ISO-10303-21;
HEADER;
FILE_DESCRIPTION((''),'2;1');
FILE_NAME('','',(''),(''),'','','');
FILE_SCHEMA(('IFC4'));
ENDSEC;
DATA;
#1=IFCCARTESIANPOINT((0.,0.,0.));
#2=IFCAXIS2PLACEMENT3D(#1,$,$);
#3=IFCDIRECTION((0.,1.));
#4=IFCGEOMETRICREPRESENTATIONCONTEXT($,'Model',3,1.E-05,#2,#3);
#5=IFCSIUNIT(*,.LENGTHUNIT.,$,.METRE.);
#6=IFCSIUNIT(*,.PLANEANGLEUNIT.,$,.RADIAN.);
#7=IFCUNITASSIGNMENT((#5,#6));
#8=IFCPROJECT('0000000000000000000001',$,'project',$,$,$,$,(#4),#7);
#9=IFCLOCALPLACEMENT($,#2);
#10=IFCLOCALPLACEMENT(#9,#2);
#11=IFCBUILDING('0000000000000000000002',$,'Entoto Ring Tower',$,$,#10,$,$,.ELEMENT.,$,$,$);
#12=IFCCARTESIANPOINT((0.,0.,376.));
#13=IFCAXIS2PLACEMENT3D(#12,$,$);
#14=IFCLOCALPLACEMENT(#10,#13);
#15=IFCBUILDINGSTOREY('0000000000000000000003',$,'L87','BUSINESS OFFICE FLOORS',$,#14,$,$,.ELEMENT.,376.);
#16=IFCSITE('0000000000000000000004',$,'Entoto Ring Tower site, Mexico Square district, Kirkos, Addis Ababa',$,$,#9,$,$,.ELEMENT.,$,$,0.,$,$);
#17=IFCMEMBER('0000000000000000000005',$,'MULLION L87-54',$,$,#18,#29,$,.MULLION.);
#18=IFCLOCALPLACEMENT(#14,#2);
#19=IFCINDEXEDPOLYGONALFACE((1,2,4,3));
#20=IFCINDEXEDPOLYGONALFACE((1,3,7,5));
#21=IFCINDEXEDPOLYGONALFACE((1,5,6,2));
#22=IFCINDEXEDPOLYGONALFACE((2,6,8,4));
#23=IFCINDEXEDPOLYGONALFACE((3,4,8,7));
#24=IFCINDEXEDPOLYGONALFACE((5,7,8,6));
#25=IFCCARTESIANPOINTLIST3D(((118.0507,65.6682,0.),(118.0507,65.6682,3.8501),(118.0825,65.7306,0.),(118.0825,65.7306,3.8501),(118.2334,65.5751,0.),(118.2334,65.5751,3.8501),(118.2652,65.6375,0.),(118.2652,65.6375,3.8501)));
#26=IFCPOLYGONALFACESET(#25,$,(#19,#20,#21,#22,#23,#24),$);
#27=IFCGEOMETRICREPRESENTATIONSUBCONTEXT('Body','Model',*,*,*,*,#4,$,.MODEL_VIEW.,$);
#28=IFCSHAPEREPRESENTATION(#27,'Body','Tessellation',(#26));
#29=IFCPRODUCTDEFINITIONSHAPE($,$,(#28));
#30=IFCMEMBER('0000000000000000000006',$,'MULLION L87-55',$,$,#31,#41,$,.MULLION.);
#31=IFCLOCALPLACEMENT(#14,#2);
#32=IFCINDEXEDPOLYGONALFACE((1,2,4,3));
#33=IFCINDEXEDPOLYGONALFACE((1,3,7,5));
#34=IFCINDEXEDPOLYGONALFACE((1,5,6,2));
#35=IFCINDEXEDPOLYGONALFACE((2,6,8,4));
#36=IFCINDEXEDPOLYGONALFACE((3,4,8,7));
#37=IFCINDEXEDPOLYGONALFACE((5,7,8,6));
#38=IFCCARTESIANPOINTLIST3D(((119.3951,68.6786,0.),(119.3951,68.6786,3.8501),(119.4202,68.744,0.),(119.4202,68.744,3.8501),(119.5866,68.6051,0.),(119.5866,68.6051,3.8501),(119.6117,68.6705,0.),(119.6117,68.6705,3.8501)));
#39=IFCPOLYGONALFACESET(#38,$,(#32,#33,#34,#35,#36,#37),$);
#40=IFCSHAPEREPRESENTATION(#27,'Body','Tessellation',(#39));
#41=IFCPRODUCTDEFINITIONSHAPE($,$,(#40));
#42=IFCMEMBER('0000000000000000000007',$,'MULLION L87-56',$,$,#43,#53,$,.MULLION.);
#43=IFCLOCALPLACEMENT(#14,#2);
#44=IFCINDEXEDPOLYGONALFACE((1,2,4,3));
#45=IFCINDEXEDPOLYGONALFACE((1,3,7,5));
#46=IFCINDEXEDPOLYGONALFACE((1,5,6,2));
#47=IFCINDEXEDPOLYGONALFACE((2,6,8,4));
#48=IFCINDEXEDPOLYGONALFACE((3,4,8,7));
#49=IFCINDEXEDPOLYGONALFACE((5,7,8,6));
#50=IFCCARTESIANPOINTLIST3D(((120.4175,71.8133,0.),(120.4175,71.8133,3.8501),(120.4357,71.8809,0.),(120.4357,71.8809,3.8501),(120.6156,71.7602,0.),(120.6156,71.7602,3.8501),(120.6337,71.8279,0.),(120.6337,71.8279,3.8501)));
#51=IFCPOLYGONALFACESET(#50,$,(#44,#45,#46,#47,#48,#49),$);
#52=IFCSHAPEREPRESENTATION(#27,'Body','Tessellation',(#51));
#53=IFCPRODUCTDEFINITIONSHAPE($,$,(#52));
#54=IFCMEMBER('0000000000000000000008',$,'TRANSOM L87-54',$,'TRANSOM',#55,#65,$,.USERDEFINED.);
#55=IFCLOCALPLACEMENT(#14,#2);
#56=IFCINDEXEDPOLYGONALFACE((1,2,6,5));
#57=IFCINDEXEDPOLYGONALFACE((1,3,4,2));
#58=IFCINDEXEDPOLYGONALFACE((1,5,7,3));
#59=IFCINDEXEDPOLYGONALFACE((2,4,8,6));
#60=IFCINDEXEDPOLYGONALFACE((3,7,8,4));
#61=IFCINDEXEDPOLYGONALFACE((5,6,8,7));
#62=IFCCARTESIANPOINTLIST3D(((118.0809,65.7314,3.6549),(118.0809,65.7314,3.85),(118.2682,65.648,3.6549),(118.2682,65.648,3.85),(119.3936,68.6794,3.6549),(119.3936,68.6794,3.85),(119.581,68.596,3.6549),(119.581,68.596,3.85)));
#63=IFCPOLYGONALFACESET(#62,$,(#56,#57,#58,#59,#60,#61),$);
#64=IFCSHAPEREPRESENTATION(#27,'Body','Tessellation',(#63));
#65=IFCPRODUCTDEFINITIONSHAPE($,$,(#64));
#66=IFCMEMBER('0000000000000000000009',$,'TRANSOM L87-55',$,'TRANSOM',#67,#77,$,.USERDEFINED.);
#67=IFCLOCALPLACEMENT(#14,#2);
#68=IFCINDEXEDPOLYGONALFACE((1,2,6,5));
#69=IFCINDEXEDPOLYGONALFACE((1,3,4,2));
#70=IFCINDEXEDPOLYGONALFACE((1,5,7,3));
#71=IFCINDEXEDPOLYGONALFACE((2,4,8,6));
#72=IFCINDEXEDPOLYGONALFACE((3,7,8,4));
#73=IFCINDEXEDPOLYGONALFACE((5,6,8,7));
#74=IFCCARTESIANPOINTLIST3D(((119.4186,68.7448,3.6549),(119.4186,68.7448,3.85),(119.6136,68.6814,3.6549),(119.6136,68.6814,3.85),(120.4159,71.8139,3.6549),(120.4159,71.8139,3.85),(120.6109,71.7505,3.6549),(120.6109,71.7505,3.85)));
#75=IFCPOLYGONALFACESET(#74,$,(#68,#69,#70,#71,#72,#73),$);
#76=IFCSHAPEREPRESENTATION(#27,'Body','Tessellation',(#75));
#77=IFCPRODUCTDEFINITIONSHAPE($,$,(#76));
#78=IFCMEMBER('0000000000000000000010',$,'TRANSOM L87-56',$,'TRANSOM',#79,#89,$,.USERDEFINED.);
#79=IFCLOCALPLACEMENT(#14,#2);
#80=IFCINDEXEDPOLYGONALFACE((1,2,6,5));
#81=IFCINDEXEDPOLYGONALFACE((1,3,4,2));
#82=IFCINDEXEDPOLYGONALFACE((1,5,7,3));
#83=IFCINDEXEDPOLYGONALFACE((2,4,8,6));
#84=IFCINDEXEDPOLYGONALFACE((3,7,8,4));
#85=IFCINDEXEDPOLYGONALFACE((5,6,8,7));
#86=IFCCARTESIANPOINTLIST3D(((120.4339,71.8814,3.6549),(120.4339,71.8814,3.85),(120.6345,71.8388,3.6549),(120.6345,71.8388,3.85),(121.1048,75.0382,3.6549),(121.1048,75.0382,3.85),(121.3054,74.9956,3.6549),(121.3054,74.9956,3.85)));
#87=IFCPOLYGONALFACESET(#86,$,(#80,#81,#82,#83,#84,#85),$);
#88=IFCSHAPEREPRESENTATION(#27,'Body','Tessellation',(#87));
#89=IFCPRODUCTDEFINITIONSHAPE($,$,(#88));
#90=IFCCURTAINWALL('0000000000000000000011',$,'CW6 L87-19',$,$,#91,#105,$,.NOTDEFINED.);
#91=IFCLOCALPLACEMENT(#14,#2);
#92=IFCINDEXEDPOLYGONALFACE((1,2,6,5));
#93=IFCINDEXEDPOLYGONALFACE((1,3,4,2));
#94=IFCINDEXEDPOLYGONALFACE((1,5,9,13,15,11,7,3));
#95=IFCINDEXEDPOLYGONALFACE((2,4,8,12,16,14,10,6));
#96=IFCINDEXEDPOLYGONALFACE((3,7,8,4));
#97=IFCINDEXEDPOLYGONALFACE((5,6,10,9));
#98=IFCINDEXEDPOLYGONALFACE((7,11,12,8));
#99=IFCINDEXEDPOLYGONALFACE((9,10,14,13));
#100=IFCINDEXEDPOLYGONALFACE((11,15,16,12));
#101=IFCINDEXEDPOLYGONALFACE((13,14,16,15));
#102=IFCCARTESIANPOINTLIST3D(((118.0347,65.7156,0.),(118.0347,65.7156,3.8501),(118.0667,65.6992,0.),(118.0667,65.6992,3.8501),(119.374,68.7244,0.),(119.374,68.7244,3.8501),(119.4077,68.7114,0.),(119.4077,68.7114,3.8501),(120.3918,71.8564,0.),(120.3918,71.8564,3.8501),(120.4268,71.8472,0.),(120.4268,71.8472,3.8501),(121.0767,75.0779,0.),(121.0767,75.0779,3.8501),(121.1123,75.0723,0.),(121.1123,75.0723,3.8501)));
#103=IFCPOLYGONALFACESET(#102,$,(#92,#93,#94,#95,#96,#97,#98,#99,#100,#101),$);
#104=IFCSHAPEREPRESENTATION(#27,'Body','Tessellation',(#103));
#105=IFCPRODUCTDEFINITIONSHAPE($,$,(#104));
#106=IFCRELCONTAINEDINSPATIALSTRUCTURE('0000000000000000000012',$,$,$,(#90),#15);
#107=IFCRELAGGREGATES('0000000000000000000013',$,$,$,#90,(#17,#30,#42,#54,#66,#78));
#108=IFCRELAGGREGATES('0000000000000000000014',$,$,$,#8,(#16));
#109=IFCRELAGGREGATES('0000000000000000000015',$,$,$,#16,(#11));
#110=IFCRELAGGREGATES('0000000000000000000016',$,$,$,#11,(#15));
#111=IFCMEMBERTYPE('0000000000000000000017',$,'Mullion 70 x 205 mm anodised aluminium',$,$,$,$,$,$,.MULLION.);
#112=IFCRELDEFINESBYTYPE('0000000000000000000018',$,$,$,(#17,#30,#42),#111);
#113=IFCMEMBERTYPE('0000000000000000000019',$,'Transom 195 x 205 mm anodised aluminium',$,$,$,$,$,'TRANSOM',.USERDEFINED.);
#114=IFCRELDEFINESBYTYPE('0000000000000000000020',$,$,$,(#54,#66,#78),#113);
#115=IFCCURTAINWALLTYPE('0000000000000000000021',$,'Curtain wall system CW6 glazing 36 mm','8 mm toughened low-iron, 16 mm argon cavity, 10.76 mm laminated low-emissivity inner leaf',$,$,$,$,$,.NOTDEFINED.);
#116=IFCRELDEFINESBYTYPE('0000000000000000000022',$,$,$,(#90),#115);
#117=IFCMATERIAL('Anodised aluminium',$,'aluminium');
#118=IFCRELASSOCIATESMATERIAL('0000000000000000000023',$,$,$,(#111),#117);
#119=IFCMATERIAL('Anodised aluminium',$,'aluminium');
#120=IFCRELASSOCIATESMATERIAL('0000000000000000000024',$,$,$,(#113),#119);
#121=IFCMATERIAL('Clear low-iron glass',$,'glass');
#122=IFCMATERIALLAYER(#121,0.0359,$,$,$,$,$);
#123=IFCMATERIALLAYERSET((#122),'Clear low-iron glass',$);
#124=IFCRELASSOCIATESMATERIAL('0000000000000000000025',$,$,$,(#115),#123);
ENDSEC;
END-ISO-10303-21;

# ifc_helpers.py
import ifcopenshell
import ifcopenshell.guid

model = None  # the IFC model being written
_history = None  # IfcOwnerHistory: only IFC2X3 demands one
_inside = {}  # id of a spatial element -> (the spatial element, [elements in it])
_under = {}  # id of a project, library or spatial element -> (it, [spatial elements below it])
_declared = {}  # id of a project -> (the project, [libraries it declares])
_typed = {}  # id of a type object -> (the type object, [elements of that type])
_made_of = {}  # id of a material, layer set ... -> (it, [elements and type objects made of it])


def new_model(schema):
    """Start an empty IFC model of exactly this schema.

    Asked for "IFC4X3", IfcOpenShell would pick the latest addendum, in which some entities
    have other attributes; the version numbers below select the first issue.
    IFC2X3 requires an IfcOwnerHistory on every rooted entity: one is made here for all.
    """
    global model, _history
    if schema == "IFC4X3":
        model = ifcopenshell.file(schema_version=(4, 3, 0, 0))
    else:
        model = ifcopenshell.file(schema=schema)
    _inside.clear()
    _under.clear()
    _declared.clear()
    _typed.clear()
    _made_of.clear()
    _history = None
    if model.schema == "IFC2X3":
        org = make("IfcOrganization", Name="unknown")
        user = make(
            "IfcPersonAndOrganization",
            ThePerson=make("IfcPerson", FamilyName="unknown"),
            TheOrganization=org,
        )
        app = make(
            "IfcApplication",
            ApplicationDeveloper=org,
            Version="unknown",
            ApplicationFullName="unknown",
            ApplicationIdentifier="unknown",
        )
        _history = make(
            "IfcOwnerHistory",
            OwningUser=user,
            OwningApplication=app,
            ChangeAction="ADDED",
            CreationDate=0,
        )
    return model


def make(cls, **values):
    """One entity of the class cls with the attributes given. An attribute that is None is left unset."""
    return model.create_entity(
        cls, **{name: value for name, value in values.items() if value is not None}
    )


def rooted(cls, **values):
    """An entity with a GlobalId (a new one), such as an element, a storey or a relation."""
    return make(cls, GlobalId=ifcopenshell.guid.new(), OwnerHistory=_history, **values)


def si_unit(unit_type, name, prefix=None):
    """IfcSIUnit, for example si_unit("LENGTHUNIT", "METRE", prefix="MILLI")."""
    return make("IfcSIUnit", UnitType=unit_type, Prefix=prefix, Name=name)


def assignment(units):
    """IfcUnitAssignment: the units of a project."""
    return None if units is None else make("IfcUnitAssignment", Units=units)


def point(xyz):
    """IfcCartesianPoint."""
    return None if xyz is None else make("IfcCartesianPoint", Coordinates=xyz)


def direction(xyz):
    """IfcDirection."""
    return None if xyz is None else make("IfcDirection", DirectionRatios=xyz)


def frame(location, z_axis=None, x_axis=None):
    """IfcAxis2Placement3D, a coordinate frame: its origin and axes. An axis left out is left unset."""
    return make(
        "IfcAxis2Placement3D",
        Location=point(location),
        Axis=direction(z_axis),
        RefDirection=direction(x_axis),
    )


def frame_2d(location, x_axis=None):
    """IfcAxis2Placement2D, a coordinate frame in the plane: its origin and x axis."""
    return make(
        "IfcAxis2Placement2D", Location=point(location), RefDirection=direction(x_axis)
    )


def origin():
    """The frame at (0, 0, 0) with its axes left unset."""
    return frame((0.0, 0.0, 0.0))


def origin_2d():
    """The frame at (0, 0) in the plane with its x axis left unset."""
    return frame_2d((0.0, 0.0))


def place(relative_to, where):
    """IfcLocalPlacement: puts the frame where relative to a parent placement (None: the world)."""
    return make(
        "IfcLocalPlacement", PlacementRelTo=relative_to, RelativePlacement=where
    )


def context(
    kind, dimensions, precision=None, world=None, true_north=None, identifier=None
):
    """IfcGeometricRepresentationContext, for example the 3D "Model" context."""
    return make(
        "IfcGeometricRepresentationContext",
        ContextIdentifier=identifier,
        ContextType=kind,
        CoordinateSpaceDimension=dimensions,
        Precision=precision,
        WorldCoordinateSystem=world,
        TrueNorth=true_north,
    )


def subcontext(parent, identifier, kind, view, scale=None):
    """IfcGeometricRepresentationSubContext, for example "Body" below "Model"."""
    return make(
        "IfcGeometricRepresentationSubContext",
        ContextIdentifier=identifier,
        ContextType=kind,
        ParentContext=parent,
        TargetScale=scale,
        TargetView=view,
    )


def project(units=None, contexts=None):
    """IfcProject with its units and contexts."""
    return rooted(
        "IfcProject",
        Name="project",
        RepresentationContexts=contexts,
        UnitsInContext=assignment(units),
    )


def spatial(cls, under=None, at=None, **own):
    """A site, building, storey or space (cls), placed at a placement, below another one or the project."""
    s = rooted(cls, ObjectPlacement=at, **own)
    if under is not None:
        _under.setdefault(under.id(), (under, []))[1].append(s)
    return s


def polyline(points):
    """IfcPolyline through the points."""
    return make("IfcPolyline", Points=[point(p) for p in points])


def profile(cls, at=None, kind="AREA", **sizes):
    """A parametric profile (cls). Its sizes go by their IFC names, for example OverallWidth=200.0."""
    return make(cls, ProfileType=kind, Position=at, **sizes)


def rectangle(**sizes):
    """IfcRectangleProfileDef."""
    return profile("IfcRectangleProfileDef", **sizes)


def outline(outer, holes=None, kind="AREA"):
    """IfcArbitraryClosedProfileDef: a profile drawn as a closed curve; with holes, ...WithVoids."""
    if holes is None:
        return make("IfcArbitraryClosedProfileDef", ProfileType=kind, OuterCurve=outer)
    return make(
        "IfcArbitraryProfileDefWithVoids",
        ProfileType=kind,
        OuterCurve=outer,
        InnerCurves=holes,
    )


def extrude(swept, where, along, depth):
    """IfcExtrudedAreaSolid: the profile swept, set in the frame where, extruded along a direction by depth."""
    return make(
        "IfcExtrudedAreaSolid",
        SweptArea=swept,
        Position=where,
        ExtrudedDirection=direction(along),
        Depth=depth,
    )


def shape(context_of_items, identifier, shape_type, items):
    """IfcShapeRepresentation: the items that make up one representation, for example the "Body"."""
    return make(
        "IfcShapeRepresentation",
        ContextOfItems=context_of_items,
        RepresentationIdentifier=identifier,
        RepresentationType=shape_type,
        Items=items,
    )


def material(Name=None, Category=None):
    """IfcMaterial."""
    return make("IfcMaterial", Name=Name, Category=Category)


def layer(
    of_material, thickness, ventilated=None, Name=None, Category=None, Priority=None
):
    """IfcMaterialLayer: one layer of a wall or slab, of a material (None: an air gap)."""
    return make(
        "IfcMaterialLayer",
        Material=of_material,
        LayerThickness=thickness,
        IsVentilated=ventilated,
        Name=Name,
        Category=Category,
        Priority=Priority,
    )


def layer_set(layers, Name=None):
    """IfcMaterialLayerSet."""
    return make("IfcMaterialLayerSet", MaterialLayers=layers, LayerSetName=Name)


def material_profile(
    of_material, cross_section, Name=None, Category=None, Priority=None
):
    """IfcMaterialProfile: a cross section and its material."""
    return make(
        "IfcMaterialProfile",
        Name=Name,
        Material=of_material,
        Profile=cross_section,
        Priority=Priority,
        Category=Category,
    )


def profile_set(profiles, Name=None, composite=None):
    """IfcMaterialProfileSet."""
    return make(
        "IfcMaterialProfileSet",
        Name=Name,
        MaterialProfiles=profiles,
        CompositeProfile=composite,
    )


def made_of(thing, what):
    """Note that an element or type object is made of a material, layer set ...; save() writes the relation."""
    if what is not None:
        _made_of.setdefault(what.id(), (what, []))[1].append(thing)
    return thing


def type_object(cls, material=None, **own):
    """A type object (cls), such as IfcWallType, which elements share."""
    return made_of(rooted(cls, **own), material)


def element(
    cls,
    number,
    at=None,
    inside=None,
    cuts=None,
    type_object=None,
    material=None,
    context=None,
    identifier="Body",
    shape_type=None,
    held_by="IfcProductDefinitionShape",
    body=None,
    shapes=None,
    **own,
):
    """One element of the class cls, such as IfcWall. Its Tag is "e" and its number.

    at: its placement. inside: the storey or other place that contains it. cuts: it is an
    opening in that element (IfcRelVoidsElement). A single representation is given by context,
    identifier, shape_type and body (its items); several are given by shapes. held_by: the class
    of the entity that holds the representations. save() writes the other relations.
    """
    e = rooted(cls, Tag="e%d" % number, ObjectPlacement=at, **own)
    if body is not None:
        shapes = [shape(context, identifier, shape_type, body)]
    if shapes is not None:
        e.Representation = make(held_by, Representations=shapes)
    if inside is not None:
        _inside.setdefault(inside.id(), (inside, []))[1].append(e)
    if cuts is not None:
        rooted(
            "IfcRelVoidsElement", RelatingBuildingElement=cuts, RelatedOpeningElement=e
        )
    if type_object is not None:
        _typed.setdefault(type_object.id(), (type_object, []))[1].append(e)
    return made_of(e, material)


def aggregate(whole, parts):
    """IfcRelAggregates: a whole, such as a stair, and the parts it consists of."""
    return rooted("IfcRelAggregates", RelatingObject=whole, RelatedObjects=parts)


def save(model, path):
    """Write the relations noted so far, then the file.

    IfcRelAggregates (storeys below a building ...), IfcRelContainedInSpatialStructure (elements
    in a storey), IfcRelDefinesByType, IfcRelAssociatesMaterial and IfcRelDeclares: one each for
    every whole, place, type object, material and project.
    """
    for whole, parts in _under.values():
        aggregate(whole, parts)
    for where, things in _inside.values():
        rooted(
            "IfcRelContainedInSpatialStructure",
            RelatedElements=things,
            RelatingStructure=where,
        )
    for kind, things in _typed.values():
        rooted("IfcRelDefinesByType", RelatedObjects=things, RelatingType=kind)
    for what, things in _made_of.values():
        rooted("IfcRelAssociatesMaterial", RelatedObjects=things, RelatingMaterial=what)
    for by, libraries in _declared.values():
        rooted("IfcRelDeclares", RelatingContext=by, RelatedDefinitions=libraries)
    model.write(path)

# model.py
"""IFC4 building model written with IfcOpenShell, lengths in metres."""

from ifc_helpers import new_model, si_unit, direction, frame, origin, origin_2d, place, context, subcontext, project, spatial, polyline, rectangle, outline, extrude, material, layer, layer_set, material_profile, profile_set, type_object, element, aggregate, save


model = new_model("IFC4")

# Units and contexts
model_context = context("Model", 3, precision=1e-05, world=origin(), true_north=direction((0.0, 1.0)))
body_context = subcontext(model_context, "Body", "Model", "MODEL_VIEW")
ifc_project = project(units=[si_unit("LENGTHUNIT", "METRE"), si_unit("PLANEANGLEUNIT", "RADIAN")], contexts=[model_context])

# Members
ifc_material_1 = material(Name="Anodised aluminium", Category="aluminium")
ifc_material_profile_1 = material_profile(ifc_material_1, rectangle(XDim=0.0701, YDim=0.2051, at=origin_2d()), Name="Mullion 70 x 205 mm anodised aluminium")
ifc_profile_set_1 = profile_set([ifc_material_profile_1], Name="Anodised aluminium")
member_type_1 = type_object("IfcMemberType", Name="Mullion 70 x 205 mm anodised aluminium", PredefinedType="MULLION", material=ifc_profile_set_1)
site_placement = place(None, origin())
building_placement = place(site_placement, origin())
storey_placement = place(building_placement, frame((0.0, 0.0, 376.0)))
member_1_placement = place(storey_placement, frame((118.158, 65.6528, 0.0), z_axis=(0.0, 0.0, 1.0), x_axis=(0.45399, 0.891007, 0.0)))
member_1 = element("IfcMember", 1, at=member_1_placement, type_object=member_type_1, Name="MULLION L87-54", PredefinedType="MULLION", context=body_context, shape_type="SweptSolid", body=[
    extrude(rectangle(XDim=0.0701, YDim=0.2051, at=origin_2d()), origin(), (0.0, 0.0, 1.0), 3.8501),
])
member_2_placement = place(storey_placement, frame((119.5034, 68.6746, 0.0), z_axis=(0.0, 0.0, 1.0), x_axis=(0.358368, 0.93358, 0.0)))
member_2 = element("IfcMember", 2, at=member_2_placement, type_object=member_type_1, Name="MULLION L87-55", PredefinedType="MULLION", context=body_context, shape_type="SweptSolid", body=[
    extrude(rectangle(XDim=0.0701, YDim=0.2051, at=origin_2d()), origin(), (0.0, 0.0, 1.0), 3.8501),
])
member_3_placement = place(storey_placement, frame((120.5256, 71.8206, 0.0), z_axis=(0.0, 0.0, 1.0), x_axis=(0.258819, 0.965926, 0.0)))
member_3 = element("IfcMember", 3, at=member_3_placement, type_object=member_type_1, Name="MULLION L87-56", PredefinedType="MULLION", context=body_context, shape_type="SweptSolid", body=[
    extrude(rectangle(XDim=0.0701, YDim=0.2051, at=origin_2d()), origin(), (0.0, 0.0, 1.0), 3.8501),
])
ifc_material_2 = material(Name="Anodised aluminium", Category="aluminium")
ifc_material_profile_2 = material_profile(ifc_material_2, rectangle(XDim=0.2051, YDim=0.1951, at=origin_2d()), Name="Transom 195 x 205 mm anodised aluminium")
ifc_profile_set_2 = profile_set([ifc_material_profile_2], Name="Anodised aluminium")
member_type_2 = type_object("IfcMemberType", Name="Transom 195 x 205 mm anodised aluminium", ElementType="TRANSOM", PredefinedType="USERDEFINED", material=ifc_profile_set_2)
member_4_placement = place(storey_placement, frame((118.1746, 65.6897, 3.7524), z_axis=(0.406791, 0.913521, 0.0), x_axis=(-0.913521, 0.406791, 0.0)))
member_4 = element("IfcMember", 4, at=member_4_placement, type_object=member_type_2, Name="TRANSOM L87-54", ObjectType="TRANSOM", PredefinedType="USERDEFINED", context=body_context, shape_type="SweptSolid", body=[
    extrude(rectangle(XDim=0.2051, YDim=0.1951, at=origin_2d()), origin(), (0.0, 0.0, 1.0), 3.2271),
])
member_5_placement = place(storey_placement, frame((119.5161, 68.7131, 3.7524), z_axis=(0.309047, 0.951047, 0.0), x_axis=(-0.951047, 0.309047, 0.0)))
member_5 = element("IfcMember", 5, at=member_5_placement, type_object=member_type_2, Name="TRANSOM L87-55", ObjectType="TRANSOM", PredefinedType="USERDEFINED", context=body_context, shape_type="SweptSolid", body=[
    extrude(rectangle(XDim=0.2051, YDim=0.1951, at=origin_2d()), origin(), (0.0, 0.0, 1.0), 3.2271),
])
member_6_placement = place(storey_placement, frame((120.5342, 71.8601, 3.7524), z_axis=(0.207886, 0.978153, 0.0), x_axis=(-0.978153, 0.207886, 0.0)))
member_6 = element("IfcMember", 6, at=member_6_placement, type_object=member_type_2, Name="TRANSOM L87-56", ObjectType="TRANSOM", PredefinedType="USERDEFINED", context=body_context, shape_type="SweptSolid", body=[
    extrude(rectangle(XDim=0.2051, YDim=0.1951, at=origin_2d()), origin(), (0.0, 0.0, 1.0), 3.2273),
])

# Site, building, storey
site = spatial("IfcSite", under=ifc_project, at=site_placement, Name="Entoto Ring Tower site, Mexico Square district, Kirkos, Addis Ababa", CompositionType="ELEMENT", RefElevation=0.0)
building = spatial("IfcBuilding", under=site, at=building_placement, Name="Entoto Ring Tower", CompositionType="ELEMENT")
storey = spatial("IfcBuildingStorey", under=building, at=storey_placement, Name="L87", Description="BUSINESS OFFICE FLOORS", CompositionType="ELEMENT", Elevation=376.0)

# Curtain wall
ifc_material_3 = material(Name="Clear low-iron glass", Category="glass")
ifc_layer_1 = layer(ifc_material_3, 0.0359)
ifc_layer_set_1 = layer_set([ifc_layer_1], Name="Clear low-iron glass")
curtain_wall_type = type_object("IfcCurtainWallType", Name="Curtain wall system CW6 glazing 36 mm", Description="8 mm toughened low-iron, 16 mm argon cavity, 10.76 mm laminated low-emissivity inner leaf", PredefinedType="NOTDEFINED", material=ifc_layer_set_1)
curtain_wall_1_placement = place(storey_placement, origin())
curtain_wall_1 = element("IfcCurtainWall", 7, at=curtain_wall_1_placement, inside=storey, type_object=curtain_wall_type, Name="CW6 L87-19", PredefinedType="NOTDEFINED", context=body_context, shape_type="SweptSolid", body=[
    extrude(outline(polyline([(118.0667, 65.6992), (119.4077, 68.7114), (120.4268, 71.8472), (121.1123, 75.0723), (121.0767, 75.0779), (120.3918, 71.8564), (119.374, 68.7244), (118.0347, 65.7156), (118.0667, 65.6992)])), origin(), (0.0, 0.0, 1.0), 3.8501),
])
aggregate(curtain_wall_1, [member_1, member_2, member_3, member_4, member_5, member_6])

save(model, "model.ifc")
